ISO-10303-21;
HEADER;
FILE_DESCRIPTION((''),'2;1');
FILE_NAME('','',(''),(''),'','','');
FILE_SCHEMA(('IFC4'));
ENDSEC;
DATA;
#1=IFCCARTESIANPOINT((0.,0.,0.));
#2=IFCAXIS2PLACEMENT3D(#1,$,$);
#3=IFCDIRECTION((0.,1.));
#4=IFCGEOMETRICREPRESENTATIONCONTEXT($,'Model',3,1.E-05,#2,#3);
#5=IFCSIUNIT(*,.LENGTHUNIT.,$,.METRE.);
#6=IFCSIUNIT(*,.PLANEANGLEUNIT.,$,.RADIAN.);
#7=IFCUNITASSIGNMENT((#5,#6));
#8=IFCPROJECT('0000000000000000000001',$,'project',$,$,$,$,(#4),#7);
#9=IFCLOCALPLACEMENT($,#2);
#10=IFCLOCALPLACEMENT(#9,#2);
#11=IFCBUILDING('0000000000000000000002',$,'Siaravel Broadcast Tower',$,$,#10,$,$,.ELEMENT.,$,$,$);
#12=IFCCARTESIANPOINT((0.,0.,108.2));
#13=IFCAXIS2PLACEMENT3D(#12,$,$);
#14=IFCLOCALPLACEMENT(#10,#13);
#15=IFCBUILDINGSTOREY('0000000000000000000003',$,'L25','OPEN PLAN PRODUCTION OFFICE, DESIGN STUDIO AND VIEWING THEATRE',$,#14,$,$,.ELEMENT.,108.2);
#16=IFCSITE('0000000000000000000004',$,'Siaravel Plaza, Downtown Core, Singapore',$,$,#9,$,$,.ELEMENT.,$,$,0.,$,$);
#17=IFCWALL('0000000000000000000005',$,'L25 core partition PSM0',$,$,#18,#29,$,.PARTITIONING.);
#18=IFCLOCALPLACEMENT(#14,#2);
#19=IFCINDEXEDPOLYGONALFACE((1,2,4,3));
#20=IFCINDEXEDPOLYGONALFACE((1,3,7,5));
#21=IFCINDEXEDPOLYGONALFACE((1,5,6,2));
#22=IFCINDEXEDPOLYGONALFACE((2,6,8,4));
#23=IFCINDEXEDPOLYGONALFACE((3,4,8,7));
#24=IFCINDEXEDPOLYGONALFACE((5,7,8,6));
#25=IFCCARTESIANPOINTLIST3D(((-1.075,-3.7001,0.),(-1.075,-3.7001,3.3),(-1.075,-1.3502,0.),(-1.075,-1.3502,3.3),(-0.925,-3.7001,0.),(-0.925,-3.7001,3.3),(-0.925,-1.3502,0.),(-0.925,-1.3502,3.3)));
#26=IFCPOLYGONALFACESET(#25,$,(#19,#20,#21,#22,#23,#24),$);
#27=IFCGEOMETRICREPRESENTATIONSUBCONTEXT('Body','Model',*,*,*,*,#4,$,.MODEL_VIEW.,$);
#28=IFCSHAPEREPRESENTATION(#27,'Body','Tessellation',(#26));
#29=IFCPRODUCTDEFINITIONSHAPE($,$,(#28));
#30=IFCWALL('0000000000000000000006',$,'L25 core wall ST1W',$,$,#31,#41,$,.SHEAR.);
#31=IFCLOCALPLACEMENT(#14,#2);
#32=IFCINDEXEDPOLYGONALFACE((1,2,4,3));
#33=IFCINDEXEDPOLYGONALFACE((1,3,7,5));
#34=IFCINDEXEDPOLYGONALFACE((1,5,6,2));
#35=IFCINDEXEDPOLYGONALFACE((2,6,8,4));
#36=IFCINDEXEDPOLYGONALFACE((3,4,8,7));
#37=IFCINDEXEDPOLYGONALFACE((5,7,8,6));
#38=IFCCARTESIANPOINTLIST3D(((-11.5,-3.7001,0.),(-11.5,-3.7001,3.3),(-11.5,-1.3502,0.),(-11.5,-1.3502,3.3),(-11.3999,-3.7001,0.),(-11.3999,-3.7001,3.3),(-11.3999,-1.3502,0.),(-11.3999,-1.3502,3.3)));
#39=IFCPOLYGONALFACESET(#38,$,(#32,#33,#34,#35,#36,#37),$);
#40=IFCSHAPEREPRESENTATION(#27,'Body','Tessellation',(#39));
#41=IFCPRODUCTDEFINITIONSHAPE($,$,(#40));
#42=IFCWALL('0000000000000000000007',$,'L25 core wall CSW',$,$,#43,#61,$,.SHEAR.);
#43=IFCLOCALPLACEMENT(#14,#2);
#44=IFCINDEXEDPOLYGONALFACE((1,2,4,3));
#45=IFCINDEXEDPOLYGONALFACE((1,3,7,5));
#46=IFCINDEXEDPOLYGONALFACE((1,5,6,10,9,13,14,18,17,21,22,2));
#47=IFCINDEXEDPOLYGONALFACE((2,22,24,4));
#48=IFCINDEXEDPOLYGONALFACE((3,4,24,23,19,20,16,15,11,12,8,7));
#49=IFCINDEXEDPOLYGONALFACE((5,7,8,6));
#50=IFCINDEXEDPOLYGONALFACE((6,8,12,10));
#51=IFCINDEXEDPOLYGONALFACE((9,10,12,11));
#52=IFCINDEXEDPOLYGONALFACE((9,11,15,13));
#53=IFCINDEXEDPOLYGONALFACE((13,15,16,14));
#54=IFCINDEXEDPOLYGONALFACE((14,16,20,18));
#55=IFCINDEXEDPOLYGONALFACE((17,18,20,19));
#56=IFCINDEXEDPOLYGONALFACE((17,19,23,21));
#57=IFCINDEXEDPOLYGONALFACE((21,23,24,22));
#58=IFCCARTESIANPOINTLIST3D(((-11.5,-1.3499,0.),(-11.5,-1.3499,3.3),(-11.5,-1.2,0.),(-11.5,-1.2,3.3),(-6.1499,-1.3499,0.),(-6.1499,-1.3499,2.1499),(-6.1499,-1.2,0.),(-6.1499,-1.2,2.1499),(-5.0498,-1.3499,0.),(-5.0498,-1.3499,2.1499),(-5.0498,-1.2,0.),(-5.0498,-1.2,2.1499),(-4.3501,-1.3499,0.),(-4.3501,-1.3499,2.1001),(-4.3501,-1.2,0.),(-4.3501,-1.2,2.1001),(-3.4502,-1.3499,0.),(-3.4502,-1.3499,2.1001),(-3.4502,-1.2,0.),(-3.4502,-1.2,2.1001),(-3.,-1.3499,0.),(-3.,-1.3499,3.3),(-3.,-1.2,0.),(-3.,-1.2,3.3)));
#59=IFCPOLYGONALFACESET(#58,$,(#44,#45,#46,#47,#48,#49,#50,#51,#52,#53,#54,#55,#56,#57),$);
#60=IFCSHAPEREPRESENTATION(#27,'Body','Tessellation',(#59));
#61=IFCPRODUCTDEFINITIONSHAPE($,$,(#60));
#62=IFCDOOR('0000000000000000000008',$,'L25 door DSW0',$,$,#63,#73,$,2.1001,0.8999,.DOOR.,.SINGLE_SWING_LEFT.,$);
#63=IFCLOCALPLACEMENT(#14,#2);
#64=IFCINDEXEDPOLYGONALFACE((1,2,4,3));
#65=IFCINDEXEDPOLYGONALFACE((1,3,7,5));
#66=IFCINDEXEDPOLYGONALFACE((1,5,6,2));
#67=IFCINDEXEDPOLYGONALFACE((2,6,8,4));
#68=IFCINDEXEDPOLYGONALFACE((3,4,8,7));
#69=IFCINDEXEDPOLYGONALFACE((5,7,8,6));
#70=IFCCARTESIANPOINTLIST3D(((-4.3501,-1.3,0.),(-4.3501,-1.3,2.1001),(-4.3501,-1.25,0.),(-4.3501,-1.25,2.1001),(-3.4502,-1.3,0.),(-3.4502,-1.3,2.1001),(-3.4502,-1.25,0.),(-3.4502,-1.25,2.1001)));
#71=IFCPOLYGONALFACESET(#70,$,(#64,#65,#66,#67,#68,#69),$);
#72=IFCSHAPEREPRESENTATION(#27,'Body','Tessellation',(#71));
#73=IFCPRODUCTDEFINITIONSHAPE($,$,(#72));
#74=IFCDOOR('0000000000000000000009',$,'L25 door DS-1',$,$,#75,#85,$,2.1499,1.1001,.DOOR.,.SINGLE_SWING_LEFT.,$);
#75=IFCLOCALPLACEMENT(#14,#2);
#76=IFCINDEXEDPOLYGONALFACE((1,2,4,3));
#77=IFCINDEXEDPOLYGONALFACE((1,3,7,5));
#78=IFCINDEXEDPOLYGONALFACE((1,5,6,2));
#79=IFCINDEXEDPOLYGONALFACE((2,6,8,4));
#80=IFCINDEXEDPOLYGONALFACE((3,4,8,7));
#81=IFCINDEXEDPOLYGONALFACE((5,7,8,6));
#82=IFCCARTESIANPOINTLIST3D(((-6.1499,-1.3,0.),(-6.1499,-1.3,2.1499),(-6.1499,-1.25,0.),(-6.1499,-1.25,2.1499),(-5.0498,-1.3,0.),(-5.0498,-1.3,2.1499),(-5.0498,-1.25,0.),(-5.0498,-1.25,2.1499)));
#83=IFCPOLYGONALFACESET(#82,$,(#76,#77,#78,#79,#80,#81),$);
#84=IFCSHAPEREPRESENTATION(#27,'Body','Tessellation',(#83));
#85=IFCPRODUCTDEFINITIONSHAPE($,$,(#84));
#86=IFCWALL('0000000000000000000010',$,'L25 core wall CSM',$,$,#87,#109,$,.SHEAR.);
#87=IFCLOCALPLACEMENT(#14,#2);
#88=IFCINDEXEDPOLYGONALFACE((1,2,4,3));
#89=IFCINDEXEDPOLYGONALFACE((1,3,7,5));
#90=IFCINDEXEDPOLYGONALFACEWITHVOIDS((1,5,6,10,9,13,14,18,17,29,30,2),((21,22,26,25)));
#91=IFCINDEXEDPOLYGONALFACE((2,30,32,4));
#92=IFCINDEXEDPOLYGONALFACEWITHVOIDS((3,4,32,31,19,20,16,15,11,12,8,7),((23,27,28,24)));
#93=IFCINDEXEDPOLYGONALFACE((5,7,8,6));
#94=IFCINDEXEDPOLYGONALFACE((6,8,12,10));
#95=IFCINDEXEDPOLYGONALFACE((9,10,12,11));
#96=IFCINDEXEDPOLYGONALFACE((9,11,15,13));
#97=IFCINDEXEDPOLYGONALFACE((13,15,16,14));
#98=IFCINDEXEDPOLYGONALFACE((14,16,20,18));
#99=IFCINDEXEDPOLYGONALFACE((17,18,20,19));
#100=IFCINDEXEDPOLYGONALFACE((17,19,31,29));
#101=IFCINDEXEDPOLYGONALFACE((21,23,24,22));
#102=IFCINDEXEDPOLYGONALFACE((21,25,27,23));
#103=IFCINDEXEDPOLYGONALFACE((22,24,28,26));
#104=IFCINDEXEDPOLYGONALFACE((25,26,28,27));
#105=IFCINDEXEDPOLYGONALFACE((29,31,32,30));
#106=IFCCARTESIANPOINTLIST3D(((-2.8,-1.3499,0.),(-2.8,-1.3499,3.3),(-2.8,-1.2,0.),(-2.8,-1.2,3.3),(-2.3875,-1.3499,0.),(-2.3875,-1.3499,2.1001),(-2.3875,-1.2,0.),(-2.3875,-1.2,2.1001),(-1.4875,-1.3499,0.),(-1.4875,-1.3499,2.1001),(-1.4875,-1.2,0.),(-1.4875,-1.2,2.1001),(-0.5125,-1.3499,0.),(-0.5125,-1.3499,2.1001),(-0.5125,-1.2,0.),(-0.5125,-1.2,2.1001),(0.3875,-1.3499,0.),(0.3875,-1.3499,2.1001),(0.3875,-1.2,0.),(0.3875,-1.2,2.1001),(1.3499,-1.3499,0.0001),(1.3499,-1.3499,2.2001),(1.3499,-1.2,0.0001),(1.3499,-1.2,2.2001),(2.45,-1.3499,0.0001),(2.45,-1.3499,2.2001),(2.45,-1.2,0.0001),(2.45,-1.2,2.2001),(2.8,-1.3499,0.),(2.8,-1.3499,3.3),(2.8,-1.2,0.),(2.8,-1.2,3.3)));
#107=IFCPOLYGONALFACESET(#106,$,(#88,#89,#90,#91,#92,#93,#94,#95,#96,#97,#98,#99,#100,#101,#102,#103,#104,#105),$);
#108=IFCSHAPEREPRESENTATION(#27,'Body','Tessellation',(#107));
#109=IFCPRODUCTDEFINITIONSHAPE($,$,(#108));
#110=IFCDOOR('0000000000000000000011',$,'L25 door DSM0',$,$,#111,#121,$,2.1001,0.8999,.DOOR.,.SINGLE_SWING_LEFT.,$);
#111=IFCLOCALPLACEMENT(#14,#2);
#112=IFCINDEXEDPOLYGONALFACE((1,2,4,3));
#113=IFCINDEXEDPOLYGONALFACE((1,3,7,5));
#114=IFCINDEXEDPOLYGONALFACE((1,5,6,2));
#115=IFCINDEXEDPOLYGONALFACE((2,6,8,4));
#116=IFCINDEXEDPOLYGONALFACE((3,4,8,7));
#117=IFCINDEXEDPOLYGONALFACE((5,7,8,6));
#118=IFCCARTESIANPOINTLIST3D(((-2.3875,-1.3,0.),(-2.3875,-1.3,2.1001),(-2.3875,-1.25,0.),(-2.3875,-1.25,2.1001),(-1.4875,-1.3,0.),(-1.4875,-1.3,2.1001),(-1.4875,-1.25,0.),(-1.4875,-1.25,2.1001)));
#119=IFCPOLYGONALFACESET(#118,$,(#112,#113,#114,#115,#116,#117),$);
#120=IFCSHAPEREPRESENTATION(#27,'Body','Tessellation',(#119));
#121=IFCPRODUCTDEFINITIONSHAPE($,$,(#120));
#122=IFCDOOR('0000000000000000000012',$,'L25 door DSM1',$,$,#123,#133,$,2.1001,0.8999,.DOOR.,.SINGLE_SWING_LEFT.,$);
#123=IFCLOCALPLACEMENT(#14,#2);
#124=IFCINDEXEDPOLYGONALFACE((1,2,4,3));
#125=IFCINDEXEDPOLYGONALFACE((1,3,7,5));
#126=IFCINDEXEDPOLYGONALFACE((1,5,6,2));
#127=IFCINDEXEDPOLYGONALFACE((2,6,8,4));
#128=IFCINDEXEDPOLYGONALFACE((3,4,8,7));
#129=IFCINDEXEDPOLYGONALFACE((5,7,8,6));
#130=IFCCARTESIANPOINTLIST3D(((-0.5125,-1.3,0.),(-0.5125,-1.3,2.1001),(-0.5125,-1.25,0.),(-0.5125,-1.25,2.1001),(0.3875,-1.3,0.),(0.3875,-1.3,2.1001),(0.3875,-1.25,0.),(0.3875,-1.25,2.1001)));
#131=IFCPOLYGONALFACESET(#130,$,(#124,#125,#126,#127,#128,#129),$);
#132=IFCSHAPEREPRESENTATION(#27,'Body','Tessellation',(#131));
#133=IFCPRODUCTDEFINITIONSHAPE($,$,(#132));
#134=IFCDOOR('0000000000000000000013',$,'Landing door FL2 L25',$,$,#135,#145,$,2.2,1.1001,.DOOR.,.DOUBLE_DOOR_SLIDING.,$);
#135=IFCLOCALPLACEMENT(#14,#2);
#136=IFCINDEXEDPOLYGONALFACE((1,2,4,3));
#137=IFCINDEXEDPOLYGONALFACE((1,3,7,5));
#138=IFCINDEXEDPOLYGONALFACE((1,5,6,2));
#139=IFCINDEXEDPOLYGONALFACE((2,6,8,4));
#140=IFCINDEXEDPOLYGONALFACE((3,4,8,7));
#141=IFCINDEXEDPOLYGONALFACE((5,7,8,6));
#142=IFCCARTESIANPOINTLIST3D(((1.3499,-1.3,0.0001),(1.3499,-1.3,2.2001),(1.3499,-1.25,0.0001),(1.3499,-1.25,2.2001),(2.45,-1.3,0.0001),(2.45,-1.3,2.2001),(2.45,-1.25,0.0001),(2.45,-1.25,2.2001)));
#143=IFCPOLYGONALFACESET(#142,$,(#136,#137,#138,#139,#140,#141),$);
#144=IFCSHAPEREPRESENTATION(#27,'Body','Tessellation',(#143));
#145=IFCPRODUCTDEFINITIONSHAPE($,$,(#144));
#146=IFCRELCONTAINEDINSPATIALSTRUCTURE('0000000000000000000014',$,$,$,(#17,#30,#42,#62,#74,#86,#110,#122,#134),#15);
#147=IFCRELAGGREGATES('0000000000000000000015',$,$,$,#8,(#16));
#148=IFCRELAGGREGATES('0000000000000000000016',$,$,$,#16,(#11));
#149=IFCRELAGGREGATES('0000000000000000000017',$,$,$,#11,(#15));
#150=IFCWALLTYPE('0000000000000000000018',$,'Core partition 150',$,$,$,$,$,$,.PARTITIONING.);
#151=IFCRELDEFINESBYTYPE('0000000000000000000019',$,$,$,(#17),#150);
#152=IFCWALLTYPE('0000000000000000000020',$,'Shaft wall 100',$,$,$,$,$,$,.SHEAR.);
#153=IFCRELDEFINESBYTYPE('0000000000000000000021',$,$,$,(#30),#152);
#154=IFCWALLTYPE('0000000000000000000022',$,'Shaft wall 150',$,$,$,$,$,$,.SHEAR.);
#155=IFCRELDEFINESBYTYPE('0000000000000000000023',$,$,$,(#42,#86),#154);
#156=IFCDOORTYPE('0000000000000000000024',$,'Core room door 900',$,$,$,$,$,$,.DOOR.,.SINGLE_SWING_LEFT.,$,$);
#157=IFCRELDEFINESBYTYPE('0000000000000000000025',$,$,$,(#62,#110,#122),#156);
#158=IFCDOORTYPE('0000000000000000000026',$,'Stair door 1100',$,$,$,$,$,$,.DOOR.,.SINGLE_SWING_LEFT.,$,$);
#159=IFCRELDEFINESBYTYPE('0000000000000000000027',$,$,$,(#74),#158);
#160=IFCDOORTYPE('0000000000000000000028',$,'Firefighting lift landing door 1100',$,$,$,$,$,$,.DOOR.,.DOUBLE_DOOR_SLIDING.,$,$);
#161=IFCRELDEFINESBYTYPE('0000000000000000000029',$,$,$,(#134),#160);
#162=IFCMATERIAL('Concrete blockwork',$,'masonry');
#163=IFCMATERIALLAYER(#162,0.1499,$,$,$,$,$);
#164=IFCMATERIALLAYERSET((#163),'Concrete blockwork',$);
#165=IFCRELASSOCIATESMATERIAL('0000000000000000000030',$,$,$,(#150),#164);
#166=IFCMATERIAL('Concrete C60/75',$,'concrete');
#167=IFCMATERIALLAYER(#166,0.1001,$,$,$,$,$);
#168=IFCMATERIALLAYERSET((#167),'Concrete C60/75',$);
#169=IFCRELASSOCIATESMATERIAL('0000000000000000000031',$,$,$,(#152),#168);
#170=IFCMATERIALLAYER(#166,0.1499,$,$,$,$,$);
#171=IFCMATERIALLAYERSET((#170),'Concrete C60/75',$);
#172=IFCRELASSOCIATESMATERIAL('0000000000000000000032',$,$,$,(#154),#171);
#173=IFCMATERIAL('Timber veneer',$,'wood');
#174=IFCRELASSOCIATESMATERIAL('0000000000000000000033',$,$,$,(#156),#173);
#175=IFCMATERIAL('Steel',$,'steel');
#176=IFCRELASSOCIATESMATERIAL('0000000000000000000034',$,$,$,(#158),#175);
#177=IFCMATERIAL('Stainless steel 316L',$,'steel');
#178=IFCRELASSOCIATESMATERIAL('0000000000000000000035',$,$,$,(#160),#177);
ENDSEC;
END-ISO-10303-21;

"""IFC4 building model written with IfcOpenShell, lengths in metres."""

from ifc_helpers import new_model, si_unit, direction, frame, frame_2d, origin, place, context, subcontext, project, spatial, rectangle, extrude, material, layer, layer_set, type_object, element, fill, save


model = new_model("IFC4")

# Units and contexts
model_context = context("Model", 3, precision=1e-05, world=origin(), true_north=direction((0.0, 1.0)))
body_context = subcontext(model_context, "Body", "Model", "MODEL_VIEW")
ifc_project = project(units=[si_unit("LENGTHUNIT", "METRE"), si_unit("PLANEANGLEUNIT", "RADIAN")], contexts=[model_context])

# Site, building, storey
site_placement = place(None, origin())
site = spatial("IfcSite", under=ifc_project, at=site_placement, Name="Siaravel Plaza, Downtown Core, Singapore", CompositionType="ELEMENT", RefElevation=0.0)
building_placement = place(site_placement, origin())
building = spatial("IfcBuilding", under=site, at=building_placement, Name="Siaravel Broadcast Tower", CompositionType="ELEMENT")
storey_placement = place(building_placement, frame((0.0, 0.0, 108.2)))
storey = spatial("IfcBuildingStorey", under=building, at=storey_placement, Name="L25", Description="OPEN PLAN PRODUCTION OFFICE, DESIGN STUDIO AND VIEWING THEATRE", CompositionType="ELEMENT", Elevation=108.2)

# Walls
ifc_material_1 = material(Name="Concrete blockwork", Category="masonry")
ifc_layer_1 = layer(ifc_material_1, 0.1499)
ifc_layer_set_1 = layer_set([ifc_layer_1], Name="Concrete blockwork")
wall_type_1 = type_object("IfcWallType", Name="Core partition 150", PredefinedType="PARTITIONING", material=ifc_layer_set_1)
wall_1_placement = place(storey_placement, frame((-1.0, -3.7, 0.0), z_axis=(0.0, 0.0, 1.0), x_axis=(0.0, 1.0, 0.0)))
element("IfcWall", 1, at=wall_1_placement, inside=storey, type_object=wall_type_1, Name="L25 core partition PSM0", PredefinedType="PARTITIONING", context=body_context, shape_type="SweptSolid", body=[
    extrude(rectangle(XDim=2.3499, YDim=0.1499, at=frame_2d((1.1748, 0.0))), origin(), (0.0, 0.0, 1.0), 3.3),
])
ifc_material_2 = material(Name="Concrete C60/75", Category="concrete")
ifc_layer_2 = layer(ifc_material_2, 0.1001)
ifc_layer_set_2 = layer_set([ifc_layer_2], Name="Concrete C60/75")
wall_type_2 = type_object("IfcWallType", Name="Shaft wall 100", PredefinedType="SHEAR", material=ifc_layer_set_2)
wall_2_placement = place(storey_placement, frame((-11.45, -3.7, 0.0), z_axis=(0.0, 0.0, 1.0), x_axis=(0.0, 1.0, 0.0)))
element("IfcWall", 2, at=wall_2_placement, inside=storey, type_object=wall_type_2, Name="L25 core wall ST1W", PredefinedType="SHEAR", context=body_context, shape_type="SweptSolid", body=[
    extrude(rectangle(XDim=2.3499, YDim=0.1001, at=frame_2d((1.1748, 0.0))), origin(), (0.0, 0.0, 1.0), 3.3),
])

# Walls, openings, doors
ifc_layer_3 = layer(ifc_material_2, 0.1499)
ifc_layer_set_3 = layer_set([ifc_layer_3], Name="Concrete C60/75")
wall_type_3 = type_object("IfcWallType", Name="Shaft wall 150", PredefinedType="SHEAR", material=ifc_layer_set_3)
wall_3_placement = place(storey_placement, frame((-11.5, -1.2749, 0.0), z_axis=(0.0, 0.0, 1.0), x_axis=(1.0, 0.0, 0.0)))
wall_3 = element("IfcWall", 3, at=wall_3_placement, inside=storey, type_object=wall_type_3, Name="L25 core wall CSW", PredefinedType="SHEAR", context=body_context, shape_type="SweptSolid", body=[
    extrude(rectangle(XDim=8.5, YDim=0.1499, at=frame_2d((4.25, 0.0))), origin(), (0.0, 0.0, 1.0), 3.3),
])
opening_1_placement = place(wall_3_placement, frame((5.3501, 0.0, 0.0)))
opening_1 = element("IfcOpeningElement", 4, at=opening_1_placement, cuts=wall_3, PredefinedType="OPENING", context=body_context, shape_type="SweptSolid", body=[
    extrude(rectangle(XDim=1.1001, YDim=2.1499, at=frame_2d((0.55, 1.075))), frame((0.0, 0.085, 0.0), z_axis=(0.0, -1.0, 0.0), x_axis=(1.0, 0.0, 0.0)), (0.0, 0.0, 1.0), 0.1699),
])
opening_2_placement = place(wall_3_placement, frame((7.1499, 0.0, 0.0)))
opening_2 = element("IfcOpeningElement", 5, at=opening_2_placement, cuts=wall_3, PredefinedType="OPENING", context=body_context, shape_type="SweptSolid", body=[
    extrude(rectangle(XDim=0.8999, YDim=2.1001, at=frame_2d((0.45, 1.05))), frame((0.0, 0.085, 0.0), z_axis=(0.0, -1.0, 0.0), x_axis=(1.0, 0.0, 0.0)), (0.0, 0.0, 1.0), 0.1699),
])
ifc_material_3 = material(Name="Timber veneer", Category="wood")
door_type_1 = type_object("IfcDoorType", Name="Core room door 900", OperationType="SINGLE_SWING_LEFT", PredefinedType="DOOR", material=ifc_material_3)
door_1_placement = place(opening_2_placement, origin())
door_1 = element("IfcDoor", 6, at=door_1_placement, inside=storey, type_object=door_type_1, Name="L25 door DSW0", OperationType="SINGLE_SWING_LEFT", OverallHeight=2.1001, OverallWidth=0.8999, PredefinedType="DOOR", context=body_context, shape_type="SweptSolid", body=[
    extrude(rectangle(XDim=0.8999, YDim=2.1001, at=frame_2d((0.45, 1.05))), frame((0.0, 0.0249, 0.0), z_axis=(0.0, -1.0, 0.0), x_axis=(1.0, 0.0, 0.0)), (0.0, 0.0, 1.0), 0.05),
])
fill(opening_2, door_1)
ifc_material_4 = material(Name="Steel", Category="steel")
door_type_2 = type_object("IfcDoorType", Name="Stair door 1100", OperationType="SINGLE_SWING_LEFT", PredefinedType="DOOR", material=ifc_material_4)
door_2_placement = place(opening_1_placement, origin())
door_2 = element("IfcDoor", 7, at=door_2_placement, inside=storey, type_object=door_type_2, Name="L25 door DS-1", OperationType="SINGLE_SWING_LEFT", OverallHeight=2.1499, OverallWidth=1.1001, PredefinedType="DOOR", context=body_context, shape_type="SweptSolid", body=[
    extrude(rectangle(XDim=1.1001, YDim=2.1499, at=frame_2d((0.55, 1.075))), frame((0.0, 0.0249, 0.0), z_axis=(0.0, -1.0, 0.0), x_axis=(1.0, 0.0, 0.0)), (0.0, 0.0, 1.0), 0.05),
])
fill(opening_1, door_2)
wall_4_placement = place(storey_placement, frame((-2.8, -1.2749, 0.0), z_axis=(0.0, 0.0, 1.0), x_axis=(1.0, 0.0, 0.0)))
wall_4 = element("IfcWall", 8, at=wall_4_placement, inside=storey, type_object=wall_type_3, Name="L25 core wall CSM", PredefinedType="SHEAR", context=body_context, shape_type="SweptSolid", body=[
    extrude(rectangle(XDim=5.6001, YDim=0.1499, at=frame_2d((2.8, 0.0))), origin(), (0.0, 0.0, 1.0), 3.3),
])
opening_3_placement = place(wall_4_placement, frame((4.1499, 0.0, 0.0)))
opening_3 = element("IfcOpeningElement", 9, at=opening_3_placement, cuts=wall_4, PredefinedType="OPENING", context=body_context, shape_type="SweptSolid", body=[
    extrude(rectangle(XDim=1.1001, YDim=2.2, at=frame_2d((0.55, 1.1001))), frame((0.0, 0.085, 0.0), z_axis=(0.0, -1.0, 0.0), x_axis=(1.0, 0.0, 0.0)), (0.0, 0.0, 1.0), 0.1699),
])
opening_4_placement = place(wall_4_placement, frame((0.4126, 0.0, 0.0)))
opening_4 = element("IfcOpeningElement", 10, at=opening_4_placement, cuts=wall_4, PredefinedType="OPENING", context=body_context, shape_type="SweptSolid", body=[
    extrude(rectangle(XDim=0.8999, YDim=2.1001, at=frame_2d((0.45, 1.05))), frame((0.0, 0.085, 0.0), z_axis=(0.0, -1.0, 0.0), x_axis=(1.0, 0.0, 0.0)), (0.0, 0.0, 1.0), 0.1699),
])
opening_5_placement = place(wall_4_placement, frame((2.2876, 0.0, 0.0)))
opening_5 = element("IfcOpeningElement", 11, at=opening_5_placement, cuts=wall_4, PredefinedType="OPENING", context=body_context, shape_type="SweptSolid", body=[
    extrude(rectangle(XDim=0.8999, YDim=2.1001, at=frame_2d((0.45, 1.05))), frame((0.0, 0.085, 0.0), z_axis=(0.0, -1.0, 0.0), x_axis=(1.0, 0.0, 0.0)), (0.0, 0.0, 1.0), 0.1699),
])
door_3_placement = place(opening_4_placement, origin())
door_3 = element("IfcDoor", 12, at=door_3_placement, inside=storey, type_object=door_type_1, Name="L25 door DSM0", OperationType="SINGLE_SWING_LEFT", OverallHeight=2.1001, OverallWidth=0.8999, PredefinedType="DOOR", context=body_context, shape_type="SweptSolid", body=[
    extrude(rectangle(XDim=0.8999, YDim=2.1001, at=frame_2d((0.45, 1.05))), frame((0.0, 0.0249, 0.0), z_axis=(0.0, -1.0, 0.0), x_axis=(1.0, 0.0, 0.0)), (0.0, 0.0, 1.0), 0.05),
])
fill(opening_4, door_3)
door_4_placement = place(opening_5_placement, origin())
door_4 = element("IfcDoor", 13, at=door_4_placement, inside=storey, type_object=door_type_1, Name="L25 door DSM1", OperationType="SINGLE_SWING_LEFT", OverallHeight=2.1001, OverallWidth=0.8999, PredefinedType="DOOR", context=body_context, shape_type="SweptSolid", body=[
    extrude(rectangle(XDim=0.8999, YDim=2.1001, at=frame_2d((0.45, 1.05))), frame((0.0, 0.0249, 0.0), z_axis=(0.0, -1.0, 0.0), x_axis=(1.0, 0.0, 0.0)), (0.0, 0.0, 1.0), 0.05),
])
fill(opening_5, door_4)
ifc_material_5 = material(Name="Stainless steel 316L", Category="steel")
door_type_3 = type_object("IfcDoorType", Name="Firefighting lift landing door 1100", OperationType="DOUBLE_DOOR_SLIDING", PredefinedType="DOOR", material=ifc_material_5)
door_5_placement = place(opening_3_placement, origin())
door_5 = element("IfcDoor", 14, at=door_5_placement, inside=storey, type_object=door_type_3, Name="Landing door FL2 L25", OperationType="DOUBLE_DOOR_SLIDING", OverallHeight=2.2, OverallWidth=1.1001, PredefinedType="DOOR", context=body_context, shape_type="SweptSolid", body=[
    extrude(rectangle(XDim=1.1001, YDim=2.2, at=frame_2d((0.55, 1.1001))), frame((0.0, 0.0249, 0.0), z_axis=(0.0, -1.0, 0.0), x_axis=(1.0, 0.0, 0.0)), (0.0, 0.0, 1.0), 0.05),
])
fill(opening_3, door_5)

save(model, "model.ifc")
